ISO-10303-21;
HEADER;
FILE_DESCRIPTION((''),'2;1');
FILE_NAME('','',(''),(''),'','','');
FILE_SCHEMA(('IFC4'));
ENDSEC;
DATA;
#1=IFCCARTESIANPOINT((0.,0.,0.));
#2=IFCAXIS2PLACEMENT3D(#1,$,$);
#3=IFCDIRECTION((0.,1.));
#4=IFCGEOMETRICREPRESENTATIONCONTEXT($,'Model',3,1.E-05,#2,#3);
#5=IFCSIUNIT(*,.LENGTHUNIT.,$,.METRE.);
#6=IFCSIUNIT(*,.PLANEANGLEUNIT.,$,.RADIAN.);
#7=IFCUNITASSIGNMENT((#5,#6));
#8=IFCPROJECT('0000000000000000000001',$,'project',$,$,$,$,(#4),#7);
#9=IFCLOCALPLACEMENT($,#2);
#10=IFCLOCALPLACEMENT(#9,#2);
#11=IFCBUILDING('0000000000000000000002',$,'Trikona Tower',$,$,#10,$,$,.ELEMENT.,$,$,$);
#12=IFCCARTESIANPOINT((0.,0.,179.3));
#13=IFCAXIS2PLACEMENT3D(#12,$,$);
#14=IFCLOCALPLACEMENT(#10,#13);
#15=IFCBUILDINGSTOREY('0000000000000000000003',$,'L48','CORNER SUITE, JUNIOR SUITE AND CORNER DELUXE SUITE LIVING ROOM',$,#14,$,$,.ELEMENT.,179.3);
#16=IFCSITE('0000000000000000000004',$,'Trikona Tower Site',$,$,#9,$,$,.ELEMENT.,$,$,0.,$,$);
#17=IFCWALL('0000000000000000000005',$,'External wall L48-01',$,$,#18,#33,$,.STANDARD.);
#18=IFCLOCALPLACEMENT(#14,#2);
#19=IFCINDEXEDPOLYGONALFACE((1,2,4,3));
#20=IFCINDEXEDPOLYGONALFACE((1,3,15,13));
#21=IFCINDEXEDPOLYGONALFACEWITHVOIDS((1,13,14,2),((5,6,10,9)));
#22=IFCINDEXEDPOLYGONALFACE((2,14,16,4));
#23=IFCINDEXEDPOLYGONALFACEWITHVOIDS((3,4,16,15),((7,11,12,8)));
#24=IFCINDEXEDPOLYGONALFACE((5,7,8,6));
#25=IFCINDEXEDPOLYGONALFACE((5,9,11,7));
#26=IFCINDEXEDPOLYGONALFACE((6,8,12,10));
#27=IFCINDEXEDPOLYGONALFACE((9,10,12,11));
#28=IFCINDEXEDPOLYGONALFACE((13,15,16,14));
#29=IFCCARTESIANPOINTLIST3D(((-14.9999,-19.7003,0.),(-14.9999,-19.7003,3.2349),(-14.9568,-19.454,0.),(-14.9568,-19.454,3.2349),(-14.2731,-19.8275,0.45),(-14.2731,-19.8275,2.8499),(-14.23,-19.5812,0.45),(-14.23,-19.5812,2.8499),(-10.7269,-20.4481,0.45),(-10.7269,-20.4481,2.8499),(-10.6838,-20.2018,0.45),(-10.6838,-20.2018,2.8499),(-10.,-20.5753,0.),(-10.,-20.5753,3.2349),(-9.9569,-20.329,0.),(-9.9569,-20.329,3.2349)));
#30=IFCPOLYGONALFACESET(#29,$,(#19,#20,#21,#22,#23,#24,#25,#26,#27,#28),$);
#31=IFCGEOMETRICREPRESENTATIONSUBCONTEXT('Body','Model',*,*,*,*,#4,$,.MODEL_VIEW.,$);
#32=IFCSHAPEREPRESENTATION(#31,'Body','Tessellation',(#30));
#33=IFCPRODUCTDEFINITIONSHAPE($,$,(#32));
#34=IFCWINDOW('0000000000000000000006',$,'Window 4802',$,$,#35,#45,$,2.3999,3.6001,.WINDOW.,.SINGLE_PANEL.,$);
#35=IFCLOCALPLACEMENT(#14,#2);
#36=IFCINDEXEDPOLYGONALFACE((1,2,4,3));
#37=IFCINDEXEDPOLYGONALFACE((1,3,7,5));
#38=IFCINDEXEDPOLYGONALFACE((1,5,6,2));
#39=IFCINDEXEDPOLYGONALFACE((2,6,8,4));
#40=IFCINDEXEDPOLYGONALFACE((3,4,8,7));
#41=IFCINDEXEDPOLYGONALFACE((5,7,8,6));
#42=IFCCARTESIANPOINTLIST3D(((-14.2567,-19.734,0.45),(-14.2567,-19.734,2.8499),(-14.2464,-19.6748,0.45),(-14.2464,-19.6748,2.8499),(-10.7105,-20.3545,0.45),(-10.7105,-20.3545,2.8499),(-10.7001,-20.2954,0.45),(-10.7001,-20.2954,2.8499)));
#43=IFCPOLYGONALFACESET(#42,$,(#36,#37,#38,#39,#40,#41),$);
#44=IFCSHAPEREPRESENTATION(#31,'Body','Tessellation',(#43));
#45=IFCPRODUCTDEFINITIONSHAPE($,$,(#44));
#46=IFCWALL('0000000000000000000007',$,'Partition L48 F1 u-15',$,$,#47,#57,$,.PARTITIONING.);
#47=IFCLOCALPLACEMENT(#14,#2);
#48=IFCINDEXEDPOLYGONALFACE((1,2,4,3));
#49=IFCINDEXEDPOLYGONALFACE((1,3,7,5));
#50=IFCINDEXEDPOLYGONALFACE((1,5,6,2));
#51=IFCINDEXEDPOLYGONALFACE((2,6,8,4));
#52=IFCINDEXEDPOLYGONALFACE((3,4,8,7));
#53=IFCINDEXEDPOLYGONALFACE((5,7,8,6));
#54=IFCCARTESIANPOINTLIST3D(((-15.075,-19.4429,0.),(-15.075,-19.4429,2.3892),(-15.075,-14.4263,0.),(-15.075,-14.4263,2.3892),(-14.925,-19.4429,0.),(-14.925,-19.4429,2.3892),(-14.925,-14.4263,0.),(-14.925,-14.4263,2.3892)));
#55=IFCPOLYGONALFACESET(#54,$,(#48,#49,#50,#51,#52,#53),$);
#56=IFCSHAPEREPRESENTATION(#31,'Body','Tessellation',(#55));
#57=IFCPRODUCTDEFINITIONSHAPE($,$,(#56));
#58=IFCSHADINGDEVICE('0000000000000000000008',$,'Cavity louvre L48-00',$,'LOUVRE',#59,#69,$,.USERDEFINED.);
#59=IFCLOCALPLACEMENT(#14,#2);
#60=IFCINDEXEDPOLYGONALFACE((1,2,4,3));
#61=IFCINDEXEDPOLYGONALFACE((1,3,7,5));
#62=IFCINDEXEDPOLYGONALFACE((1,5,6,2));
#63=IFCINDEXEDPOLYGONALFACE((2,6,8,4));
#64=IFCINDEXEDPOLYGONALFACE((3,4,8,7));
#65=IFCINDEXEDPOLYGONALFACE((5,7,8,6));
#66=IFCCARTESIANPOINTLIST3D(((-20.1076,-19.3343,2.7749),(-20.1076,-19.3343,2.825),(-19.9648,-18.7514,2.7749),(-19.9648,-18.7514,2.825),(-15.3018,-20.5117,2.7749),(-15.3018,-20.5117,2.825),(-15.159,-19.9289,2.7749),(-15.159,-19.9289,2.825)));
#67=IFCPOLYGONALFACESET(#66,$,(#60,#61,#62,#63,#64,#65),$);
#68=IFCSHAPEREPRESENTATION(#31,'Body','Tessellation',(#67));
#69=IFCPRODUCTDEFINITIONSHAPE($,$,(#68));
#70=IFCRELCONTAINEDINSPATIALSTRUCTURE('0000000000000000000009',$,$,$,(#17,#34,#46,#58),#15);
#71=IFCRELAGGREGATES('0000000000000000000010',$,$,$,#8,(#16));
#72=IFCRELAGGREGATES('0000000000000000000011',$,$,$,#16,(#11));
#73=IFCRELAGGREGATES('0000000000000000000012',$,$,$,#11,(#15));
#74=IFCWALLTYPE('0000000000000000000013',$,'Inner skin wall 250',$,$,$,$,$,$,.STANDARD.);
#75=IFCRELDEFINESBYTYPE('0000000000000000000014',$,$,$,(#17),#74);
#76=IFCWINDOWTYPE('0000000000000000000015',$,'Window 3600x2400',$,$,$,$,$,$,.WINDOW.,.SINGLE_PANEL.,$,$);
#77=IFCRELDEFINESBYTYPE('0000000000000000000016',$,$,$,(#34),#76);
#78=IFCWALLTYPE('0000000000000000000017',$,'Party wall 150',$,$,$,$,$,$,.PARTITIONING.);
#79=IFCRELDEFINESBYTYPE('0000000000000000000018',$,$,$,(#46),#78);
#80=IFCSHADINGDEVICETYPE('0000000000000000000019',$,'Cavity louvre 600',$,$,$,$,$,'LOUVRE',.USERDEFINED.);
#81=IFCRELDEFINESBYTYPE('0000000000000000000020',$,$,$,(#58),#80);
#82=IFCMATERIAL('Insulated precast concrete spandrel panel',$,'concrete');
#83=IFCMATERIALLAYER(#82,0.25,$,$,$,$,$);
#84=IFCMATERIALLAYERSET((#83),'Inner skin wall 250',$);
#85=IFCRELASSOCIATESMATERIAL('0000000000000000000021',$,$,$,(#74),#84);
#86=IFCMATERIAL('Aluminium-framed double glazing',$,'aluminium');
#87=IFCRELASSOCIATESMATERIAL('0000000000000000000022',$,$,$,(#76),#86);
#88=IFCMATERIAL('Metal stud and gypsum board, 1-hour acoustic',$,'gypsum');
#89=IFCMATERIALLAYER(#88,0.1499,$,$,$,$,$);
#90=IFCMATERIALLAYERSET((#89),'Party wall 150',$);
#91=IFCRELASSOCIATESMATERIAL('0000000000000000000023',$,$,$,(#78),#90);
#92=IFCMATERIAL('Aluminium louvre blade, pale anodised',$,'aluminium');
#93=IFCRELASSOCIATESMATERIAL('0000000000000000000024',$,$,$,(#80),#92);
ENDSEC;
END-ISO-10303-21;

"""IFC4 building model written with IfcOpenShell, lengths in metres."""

from ifc_helpers import new_model, si_unit, direction, frame, frame_2d, origin, origin_2d, place, context, subcontext, project, spatial, rectangle, extrude, material, layer, layer_set, type_object, element, fill, save


model = new_model("IFC4")

# Units and contexts
model_context = context("Model", 3, precision=1e-05, world=origin(), true_north=direction((0.0, 1.0)))
body_context = subcontext(model_context, "Body", "Model", "MODEL_VIEW")
ifc_project = project(units=[si_unit("LENGTHUNIT", "METRE"), si_unit("PLANEANGLEUNIT", "RADIAN")], contexts=[model_context])

# Site, building, storey
site_placement = place(None, origin())
site = spatial("IfcSite", under=ifc_project, at=site_placement, Name="Trikona Tower Site", CompositionType="ELEMENT", RefElevation=0.0)
building_placement = place(site_placement, origin())
building = spatial("IfcBuilding", under=site, at=building_placement, Name="Trikona Tower", CompositionType="ELEMENT")
storey_placement = place(building_placement, frame((0.0, 0.0, 179.3)))
storey = spatial("IfcBuildingStorey", under=building, at=storey_placement, Name="L48", Description="CORNER SUITE, JUNIOR SUITE AND CORNER DELUXE SUITE LIVING ROOM", CompositionType="ELEMENT", Elevation=179.3)

# Wall, opening, window
ifc_material_1 = material(Name="Insulated precast concrete spandrel panel", Category="concrete")
ifc_layer_1 = layer(ifc_material_1, 0.25)
ifc_layer_set_1 = layer_set([ifc_layer_1], Name="Inner skin wall 250")
wall_type_1 = type_object("IfcWallType", Name="Inner skin wall 250", PredefinedType="STANDARD", material=ifc_layer_set_1)
wall_1_placement = place(storey_placement, frame((-14.9785, -19.5771, 0.0), z_axis=(0.0, 0.0, 1.0), x_axis=(0.98503, -0.17238, 0.0)))
wall_1 = element("IfcWall", 1, at=wall_1_placement, inside=storey, type_object=wall_type_1, Name="External wall L48-01", PredefinedType="STANDARD", context=body_context, shape_type="SweptSolid", body=[
    extrude(rectangle(XDim=5.0759, YDim=0.25, at=frame_2d((2.5381, 0.0))), origin(), (0.0, 0.0, 1.0), 3.2349),
])
opening_1_placement = place(wall_1_placement, frame((0.738, 0.0, 0.45)))
opening_1 = element("IfcOpeningElement", 2, at=opening_1_placement, cuts=wall_1, PredefinedType="OPENING", context=body_context, shape_type="SweptSolid", body=[
    extrude(rectangle(XDim=3.6001, YDim=2.3999, at=frame_2d((1.8, 1.2))), frame((0.0, 0.135, 0.0), z_axis=(0.0, -1.0, 0.0), x_axis=(1.0, 0.0, 0.0)), (0.0, 0.0, 1.0), 0.27),
])
ifc_material_2 = material(Name="Aluminium-framed double glazing", Category="aluminium")
window_type = type_object("IfcWindowType", Name="Window 3600x2400", PartitioningType="SINGLE_PANEL", PredefinedType="WINDOW", material=ifc_material_2)
window_placement = place(opening_1_placement, origin())
window = element("IfcWindow", 3, at=window_placement, inside=storey, type_object=window_type, Name="Window 4802", OverallHeight=2.3999, OverallWidth=3.6001, PartitioningType="SINGLE_PANEL", PredefinedType="WINDOW", context=body_context, shape_type="SweptSolid", body=[
    extrude(rectangle(XDim=3.6001, YDim=2.3999, at=frame_2d((1.8, 1.2))), frame((0.0, 0.03, 0.0), z_axis=(0.0, -1.0, 0.0), x_axis=(1.0, 0.0, 0.0)), (0.0, 0.0, 1.0), 0.0601),
])
fill(opening_1, window)

# Wall
ifc_material_3 = material(Name="Metal stud and gypsum board, 1-hour acoustic", Category="gypsum")
ifc_layer_2 = layer(ifc_material_3, 0.1499)
ifc_layer_set_2 = layer_set([ifc_layer_2], Name="Party wall 150")
wall_type_2 = type_object("IfcWallType", Name="Party wall 150", PredefinedType="PARTITIONING", material=ifc_layer_set_2)
wall_2_placement = place(storey_placement, frame((-15.0, -14.4263, 0.0), z_axis=(0.0, 0.0, 1.0), x_axis=(0.0, -1.0, 0.0)))
element("IfcWall", 4, at=wall_2_placement, inside=storey, type_object=wall_type_2, Name="Partition L48 F1 u-15", PredefinedType="PARTITIONING", context=body_context, shape_type="SweptSolid", body=[
    extrude(rectangle(XDim=5.0166, YDim=0.1499, at=frame_2d((2.5083, 0.0))), origin(), (0.0, 0.0, 1.0), 2.3892),
])

# Shading device
ifc_material_4 = material(Name="Aluminium louvre blade, pale anodised", Category="aluminium")
shading_device_type = type_object("IfcShadingDeviceType", Name="Cavity louvre 600", ElementType="LOUVRE", PredefinedType="USERDEFINED", material=ifc_material_4)
shading_device_placement = place(storey_placement, frame((-17.6333, -19.6316, 2.7749), z_axis=(0.0, 0.0, 1.0), x_axis=(0.971274, -0.237962, 0.0)))
element("IfcShadingDevice", 5, at=shading_device_placement, inside=storey, type_object=shading_device_type, Name="Cavity louvre L48-00", ObjectType="LOUVRE", PredefinedType="USERDEFINED", context=body_context, shape_type="SweptSolid", body=[
    extrude(rectangle(XDim=4.948, YDim=0.6001, at=origin_2d()), origin(), (0.0, 0.0, 1.0), 0.05),
])

save(model, "model.ifc")
